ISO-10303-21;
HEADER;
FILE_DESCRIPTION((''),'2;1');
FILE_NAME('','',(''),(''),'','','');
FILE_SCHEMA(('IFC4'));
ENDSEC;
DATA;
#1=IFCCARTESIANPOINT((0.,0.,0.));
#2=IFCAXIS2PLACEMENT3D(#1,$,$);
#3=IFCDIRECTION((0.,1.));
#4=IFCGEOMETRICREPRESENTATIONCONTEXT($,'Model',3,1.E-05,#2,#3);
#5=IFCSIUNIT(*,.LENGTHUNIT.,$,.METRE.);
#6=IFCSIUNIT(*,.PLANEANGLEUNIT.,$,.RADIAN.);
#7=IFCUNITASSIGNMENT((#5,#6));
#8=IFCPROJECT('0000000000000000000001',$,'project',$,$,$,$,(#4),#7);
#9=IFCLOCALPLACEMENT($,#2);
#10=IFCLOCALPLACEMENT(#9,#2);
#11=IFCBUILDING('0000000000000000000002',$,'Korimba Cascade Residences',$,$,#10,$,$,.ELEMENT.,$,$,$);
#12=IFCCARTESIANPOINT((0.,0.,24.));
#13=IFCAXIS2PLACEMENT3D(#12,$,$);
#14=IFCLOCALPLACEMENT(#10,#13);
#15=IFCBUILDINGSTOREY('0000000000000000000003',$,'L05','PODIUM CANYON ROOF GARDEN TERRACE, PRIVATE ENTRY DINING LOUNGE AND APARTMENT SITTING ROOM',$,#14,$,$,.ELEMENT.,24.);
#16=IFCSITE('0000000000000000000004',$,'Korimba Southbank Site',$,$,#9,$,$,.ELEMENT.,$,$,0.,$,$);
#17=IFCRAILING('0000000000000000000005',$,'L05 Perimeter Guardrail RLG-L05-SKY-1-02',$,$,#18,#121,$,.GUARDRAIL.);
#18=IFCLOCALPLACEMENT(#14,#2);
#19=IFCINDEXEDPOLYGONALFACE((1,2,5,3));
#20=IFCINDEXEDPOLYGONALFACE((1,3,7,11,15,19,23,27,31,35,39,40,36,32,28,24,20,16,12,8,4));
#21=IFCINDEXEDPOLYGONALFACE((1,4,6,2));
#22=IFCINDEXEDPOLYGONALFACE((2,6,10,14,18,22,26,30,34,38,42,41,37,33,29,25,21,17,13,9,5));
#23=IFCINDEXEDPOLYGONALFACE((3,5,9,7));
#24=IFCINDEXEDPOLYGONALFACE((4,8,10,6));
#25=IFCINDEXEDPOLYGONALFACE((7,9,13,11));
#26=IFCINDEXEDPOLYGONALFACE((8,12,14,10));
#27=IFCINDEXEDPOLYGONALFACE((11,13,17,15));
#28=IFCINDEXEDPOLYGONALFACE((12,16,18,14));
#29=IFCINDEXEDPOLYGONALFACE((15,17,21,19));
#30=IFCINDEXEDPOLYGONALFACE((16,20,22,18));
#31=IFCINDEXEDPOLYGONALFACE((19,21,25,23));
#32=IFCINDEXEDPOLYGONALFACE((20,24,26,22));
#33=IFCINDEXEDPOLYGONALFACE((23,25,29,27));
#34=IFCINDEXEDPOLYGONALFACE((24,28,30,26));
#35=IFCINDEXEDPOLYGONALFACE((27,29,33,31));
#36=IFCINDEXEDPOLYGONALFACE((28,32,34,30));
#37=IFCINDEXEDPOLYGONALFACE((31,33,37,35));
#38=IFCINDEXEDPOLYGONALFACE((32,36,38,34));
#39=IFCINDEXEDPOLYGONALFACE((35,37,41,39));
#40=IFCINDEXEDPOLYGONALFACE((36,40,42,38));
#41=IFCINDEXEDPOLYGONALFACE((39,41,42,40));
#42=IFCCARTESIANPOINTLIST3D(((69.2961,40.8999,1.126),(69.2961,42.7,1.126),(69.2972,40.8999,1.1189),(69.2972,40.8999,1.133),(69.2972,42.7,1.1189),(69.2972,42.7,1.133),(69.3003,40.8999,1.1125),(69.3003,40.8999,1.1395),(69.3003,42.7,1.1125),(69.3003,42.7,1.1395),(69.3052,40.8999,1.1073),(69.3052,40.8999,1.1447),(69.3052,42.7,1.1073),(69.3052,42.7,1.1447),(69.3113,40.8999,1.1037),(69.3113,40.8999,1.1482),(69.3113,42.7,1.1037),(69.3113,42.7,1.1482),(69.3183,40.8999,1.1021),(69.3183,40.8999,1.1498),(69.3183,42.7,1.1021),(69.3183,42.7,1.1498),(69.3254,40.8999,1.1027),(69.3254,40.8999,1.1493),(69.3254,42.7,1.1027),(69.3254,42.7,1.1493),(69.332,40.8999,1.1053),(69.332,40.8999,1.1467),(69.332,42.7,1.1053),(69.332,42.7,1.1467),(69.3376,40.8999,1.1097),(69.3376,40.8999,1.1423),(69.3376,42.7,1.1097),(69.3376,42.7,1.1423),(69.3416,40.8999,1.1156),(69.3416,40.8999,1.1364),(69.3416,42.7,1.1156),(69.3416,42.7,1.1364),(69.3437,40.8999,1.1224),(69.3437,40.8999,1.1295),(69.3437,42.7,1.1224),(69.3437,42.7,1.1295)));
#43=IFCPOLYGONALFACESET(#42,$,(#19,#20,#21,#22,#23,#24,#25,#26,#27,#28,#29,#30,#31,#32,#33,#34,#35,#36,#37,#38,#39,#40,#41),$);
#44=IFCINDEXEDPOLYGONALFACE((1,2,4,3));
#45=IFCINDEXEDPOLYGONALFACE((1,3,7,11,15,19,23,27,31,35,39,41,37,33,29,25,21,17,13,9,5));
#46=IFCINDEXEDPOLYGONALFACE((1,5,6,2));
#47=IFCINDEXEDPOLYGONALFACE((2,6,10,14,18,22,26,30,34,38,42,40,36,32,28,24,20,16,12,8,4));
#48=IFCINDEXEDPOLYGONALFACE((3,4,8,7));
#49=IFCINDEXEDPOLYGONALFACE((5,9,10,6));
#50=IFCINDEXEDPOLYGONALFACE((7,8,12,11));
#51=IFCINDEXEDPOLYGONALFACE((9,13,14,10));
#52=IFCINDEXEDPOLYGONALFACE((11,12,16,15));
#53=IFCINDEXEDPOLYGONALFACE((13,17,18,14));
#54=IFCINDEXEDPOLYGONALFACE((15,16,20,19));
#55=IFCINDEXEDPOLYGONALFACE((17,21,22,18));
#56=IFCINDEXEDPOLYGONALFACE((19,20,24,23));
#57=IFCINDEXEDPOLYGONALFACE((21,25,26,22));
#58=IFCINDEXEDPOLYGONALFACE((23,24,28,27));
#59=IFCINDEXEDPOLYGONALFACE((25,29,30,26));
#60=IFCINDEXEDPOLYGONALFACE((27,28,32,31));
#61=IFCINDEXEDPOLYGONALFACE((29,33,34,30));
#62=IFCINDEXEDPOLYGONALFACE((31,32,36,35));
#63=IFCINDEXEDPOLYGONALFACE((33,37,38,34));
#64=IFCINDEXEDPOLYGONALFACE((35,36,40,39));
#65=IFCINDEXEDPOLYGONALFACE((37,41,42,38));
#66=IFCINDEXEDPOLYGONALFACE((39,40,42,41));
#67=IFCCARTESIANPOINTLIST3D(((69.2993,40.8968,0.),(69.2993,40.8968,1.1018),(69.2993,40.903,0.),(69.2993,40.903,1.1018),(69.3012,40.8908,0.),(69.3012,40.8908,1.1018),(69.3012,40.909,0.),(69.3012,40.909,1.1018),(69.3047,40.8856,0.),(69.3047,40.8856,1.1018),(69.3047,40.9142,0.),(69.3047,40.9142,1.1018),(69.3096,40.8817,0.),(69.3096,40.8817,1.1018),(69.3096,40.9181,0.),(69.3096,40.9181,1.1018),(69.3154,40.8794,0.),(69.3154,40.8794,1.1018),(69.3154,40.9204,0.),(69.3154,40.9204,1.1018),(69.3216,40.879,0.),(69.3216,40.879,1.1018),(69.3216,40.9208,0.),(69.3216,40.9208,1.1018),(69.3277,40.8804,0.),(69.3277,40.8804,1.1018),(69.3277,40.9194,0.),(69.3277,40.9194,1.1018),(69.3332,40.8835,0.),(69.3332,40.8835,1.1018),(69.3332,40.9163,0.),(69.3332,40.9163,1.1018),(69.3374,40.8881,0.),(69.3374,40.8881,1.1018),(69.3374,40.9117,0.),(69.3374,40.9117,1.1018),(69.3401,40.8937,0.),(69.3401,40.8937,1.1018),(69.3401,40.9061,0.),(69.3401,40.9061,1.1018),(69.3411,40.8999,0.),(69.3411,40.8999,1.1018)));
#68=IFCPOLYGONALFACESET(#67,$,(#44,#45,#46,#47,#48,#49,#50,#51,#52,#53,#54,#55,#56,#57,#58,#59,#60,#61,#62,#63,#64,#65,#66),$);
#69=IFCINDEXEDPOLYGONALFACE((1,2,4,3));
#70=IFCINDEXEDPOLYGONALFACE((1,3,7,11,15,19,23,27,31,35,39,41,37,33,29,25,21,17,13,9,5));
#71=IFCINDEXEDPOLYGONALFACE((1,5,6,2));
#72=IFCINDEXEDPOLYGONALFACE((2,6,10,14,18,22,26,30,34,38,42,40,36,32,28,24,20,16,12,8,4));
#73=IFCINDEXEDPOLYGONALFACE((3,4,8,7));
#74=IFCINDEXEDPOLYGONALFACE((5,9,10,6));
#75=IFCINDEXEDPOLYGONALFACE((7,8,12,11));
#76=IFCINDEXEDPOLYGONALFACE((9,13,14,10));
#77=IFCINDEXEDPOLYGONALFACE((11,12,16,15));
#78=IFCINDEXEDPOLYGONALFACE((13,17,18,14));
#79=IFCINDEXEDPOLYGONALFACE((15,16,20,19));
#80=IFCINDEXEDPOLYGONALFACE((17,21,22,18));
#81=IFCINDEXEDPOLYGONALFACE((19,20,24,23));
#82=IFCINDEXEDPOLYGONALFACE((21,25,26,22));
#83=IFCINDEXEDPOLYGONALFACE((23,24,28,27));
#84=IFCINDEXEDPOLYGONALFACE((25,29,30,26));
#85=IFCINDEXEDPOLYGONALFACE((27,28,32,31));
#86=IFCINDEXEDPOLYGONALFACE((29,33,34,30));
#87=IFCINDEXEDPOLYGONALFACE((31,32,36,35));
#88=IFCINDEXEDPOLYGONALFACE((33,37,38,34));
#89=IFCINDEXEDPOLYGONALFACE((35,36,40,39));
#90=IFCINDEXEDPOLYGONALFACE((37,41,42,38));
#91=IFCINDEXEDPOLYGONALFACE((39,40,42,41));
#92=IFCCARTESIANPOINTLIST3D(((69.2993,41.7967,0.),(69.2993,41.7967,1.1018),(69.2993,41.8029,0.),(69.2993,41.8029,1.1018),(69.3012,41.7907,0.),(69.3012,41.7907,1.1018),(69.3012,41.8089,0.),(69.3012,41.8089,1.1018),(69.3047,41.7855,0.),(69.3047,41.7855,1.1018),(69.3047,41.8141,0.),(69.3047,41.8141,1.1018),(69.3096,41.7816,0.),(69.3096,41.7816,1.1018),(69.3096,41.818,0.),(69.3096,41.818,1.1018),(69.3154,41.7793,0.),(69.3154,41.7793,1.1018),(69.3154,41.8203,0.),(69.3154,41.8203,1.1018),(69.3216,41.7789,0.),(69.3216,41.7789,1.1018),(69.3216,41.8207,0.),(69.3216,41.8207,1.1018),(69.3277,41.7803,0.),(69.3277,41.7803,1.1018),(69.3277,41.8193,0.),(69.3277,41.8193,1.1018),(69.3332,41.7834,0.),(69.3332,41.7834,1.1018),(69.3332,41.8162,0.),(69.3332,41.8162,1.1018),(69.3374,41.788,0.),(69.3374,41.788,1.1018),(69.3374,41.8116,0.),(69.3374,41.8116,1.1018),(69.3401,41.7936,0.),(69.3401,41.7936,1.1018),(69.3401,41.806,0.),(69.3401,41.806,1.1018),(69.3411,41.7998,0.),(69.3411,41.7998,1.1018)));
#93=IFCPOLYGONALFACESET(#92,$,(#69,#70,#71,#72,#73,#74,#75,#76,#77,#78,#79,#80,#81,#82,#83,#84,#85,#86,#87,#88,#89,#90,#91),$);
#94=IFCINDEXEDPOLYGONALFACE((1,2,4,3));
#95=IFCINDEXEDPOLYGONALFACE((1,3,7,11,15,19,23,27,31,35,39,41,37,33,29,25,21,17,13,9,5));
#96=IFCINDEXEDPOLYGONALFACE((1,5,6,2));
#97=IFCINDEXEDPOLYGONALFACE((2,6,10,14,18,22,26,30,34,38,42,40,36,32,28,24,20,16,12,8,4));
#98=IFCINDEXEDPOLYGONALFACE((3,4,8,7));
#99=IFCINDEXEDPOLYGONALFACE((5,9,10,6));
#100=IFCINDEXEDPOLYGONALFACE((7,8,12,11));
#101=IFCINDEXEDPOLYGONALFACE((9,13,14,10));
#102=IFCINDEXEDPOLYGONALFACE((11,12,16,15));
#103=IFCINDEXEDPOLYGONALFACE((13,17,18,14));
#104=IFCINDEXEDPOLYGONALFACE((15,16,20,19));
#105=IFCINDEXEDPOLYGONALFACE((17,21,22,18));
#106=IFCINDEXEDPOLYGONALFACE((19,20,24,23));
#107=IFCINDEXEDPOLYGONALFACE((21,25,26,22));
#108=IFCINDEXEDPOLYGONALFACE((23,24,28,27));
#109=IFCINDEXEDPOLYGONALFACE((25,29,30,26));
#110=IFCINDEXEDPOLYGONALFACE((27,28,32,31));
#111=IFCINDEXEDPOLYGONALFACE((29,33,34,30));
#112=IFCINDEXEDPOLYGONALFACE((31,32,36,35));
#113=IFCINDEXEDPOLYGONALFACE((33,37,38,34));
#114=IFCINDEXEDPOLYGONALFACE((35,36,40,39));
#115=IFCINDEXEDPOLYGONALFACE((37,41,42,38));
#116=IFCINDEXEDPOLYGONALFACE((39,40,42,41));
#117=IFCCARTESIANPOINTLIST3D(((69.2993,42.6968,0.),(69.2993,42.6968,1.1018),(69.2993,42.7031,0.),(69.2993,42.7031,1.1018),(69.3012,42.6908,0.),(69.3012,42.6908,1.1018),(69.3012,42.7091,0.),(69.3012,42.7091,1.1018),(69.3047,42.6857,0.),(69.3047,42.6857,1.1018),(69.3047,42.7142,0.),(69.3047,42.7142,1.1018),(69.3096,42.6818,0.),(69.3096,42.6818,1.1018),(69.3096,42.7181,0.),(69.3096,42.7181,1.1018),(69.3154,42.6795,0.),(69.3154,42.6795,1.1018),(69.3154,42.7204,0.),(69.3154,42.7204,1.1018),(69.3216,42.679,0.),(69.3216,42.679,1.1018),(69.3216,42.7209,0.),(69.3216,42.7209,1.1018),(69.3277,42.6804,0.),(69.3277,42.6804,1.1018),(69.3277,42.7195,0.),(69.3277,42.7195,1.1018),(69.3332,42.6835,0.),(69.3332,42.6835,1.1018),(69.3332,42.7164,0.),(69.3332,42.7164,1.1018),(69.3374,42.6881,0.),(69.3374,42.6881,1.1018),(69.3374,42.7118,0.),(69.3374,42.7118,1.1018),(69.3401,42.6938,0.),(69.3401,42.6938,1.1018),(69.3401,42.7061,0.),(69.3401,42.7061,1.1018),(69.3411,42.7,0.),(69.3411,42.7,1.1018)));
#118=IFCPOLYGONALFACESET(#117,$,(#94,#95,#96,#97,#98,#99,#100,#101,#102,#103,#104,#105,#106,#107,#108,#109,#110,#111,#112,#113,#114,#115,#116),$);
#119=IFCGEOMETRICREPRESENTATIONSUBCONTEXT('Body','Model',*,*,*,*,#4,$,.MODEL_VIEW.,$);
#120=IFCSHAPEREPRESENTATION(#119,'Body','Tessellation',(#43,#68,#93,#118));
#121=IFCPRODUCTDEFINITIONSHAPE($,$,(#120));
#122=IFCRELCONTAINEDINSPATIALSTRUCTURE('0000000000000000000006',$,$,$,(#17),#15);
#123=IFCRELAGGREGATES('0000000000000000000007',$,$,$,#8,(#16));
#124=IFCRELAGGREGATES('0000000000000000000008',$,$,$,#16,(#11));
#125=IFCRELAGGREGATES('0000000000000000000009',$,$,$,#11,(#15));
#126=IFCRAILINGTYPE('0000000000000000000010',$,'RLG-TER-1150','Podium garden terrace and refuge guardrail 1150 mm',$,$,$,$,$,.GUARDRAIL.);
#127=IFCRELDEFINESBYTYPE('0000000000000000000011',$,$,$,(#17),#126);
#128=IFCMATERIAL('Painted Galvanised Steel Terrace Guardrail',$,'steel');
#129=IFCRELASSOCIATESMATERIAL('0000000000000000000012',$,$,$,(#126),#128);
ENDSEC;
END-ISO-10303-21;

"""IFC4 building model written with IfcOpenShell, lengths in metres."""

from ifc_helpers import new_model, si_unit, direction, frame, origin, origin_2d, place, context, subcontext, project, spatial, circle, extrude, material, type_object, element, save


model = new_model("IFC4")

# Units and contexts
model_context = context("Model", 3, precision=1e-05, world=origin(), true_north=direction((0.0, 1.0)))
body_context = subcontext(model_context, "Body", "Model", "MODEL_VIEW")
ifc_project = project(units=[si_unit("LENGTHUNIT", "METRE"), si_unit("PLANEANGLEUNIT", "RADIAN")], contexts=[model_context])

# Site, building, storey
site_placement = place(None, origin())
site = spatial("IfcSite", under=ifc_project, at=site_placement, Name="Korimba Southbank Site", CompositionType="ELEMENT", RefElevation=0.0)
building_placement = place(site_placement, origin())
building = spatial("IfcBuilding", under=site, at=building_placement, Name="Korimba Cascade Residences", CompositionType="ELEMENT")
storey_placement = place(building_placement, frame((0.0, 0.0, 24.0)))
storey = spatial("IfcBuildingStorey", under=building, at=storey_placement, Name="L05", Description="PODIUM CANYON ROOF GARDEN TERRACE, PRIVATE ENTRY DINING LOUNGE AND APARTMENT SITTING ROOM", CompositionType="ELEMENT", Elevation=24.0)

# Railing
ifc_material_1 = material(Name="Painted Galvanised Steel Terrace Guardrail", Category="steel")
railing_type = type_object("IfcRailingType", Name="RLG-TER-1150", Description="Podium garden terrace and refuge guardrail 1150 mm", PredefinedType="GUARDRAIL", material=ifc_material_1)
railing_1_placement = place(storey_placement, frame((69.3201, 40.8999, 0.0)))
element("IfcRailing", 1, at=railing_1_placement, inside=storey, type_object=railing_type, Name="L05 Perimeter Guardrail RLG-L05-SKY-1-02", PredefinedType="GUARDRAIL", context=body_context, shape_type="SweptSolid", body=[
    extrude(circle(Radius=0.0239, at=origin_2d()), frame((0.0, 0.0, 1.126), z_axis=(0.0, 1.0, 0.0), x_axis=(-1.0, 0.0, 0.0)), (0.0, 0.0, 1.0), 1.8),
    extrude(circle(Radius=0.021, at=origin_2d()), origin(), (0.0, 0.0, 1.0), 1.1018),
    extrude(circle(Radius=0.021, at=origin_2d()), frame((0.0, 0.8999, 0.0)), (0.0, 0.0, 1.0), 1.1018),
    extrude(circle(Radius=0.021, at=origin_2d()), frame((0.0, 1.8, 0.0)), (0.0, 0.0, 1.0), 1.1018),
])

save(model, "model.ifc")
